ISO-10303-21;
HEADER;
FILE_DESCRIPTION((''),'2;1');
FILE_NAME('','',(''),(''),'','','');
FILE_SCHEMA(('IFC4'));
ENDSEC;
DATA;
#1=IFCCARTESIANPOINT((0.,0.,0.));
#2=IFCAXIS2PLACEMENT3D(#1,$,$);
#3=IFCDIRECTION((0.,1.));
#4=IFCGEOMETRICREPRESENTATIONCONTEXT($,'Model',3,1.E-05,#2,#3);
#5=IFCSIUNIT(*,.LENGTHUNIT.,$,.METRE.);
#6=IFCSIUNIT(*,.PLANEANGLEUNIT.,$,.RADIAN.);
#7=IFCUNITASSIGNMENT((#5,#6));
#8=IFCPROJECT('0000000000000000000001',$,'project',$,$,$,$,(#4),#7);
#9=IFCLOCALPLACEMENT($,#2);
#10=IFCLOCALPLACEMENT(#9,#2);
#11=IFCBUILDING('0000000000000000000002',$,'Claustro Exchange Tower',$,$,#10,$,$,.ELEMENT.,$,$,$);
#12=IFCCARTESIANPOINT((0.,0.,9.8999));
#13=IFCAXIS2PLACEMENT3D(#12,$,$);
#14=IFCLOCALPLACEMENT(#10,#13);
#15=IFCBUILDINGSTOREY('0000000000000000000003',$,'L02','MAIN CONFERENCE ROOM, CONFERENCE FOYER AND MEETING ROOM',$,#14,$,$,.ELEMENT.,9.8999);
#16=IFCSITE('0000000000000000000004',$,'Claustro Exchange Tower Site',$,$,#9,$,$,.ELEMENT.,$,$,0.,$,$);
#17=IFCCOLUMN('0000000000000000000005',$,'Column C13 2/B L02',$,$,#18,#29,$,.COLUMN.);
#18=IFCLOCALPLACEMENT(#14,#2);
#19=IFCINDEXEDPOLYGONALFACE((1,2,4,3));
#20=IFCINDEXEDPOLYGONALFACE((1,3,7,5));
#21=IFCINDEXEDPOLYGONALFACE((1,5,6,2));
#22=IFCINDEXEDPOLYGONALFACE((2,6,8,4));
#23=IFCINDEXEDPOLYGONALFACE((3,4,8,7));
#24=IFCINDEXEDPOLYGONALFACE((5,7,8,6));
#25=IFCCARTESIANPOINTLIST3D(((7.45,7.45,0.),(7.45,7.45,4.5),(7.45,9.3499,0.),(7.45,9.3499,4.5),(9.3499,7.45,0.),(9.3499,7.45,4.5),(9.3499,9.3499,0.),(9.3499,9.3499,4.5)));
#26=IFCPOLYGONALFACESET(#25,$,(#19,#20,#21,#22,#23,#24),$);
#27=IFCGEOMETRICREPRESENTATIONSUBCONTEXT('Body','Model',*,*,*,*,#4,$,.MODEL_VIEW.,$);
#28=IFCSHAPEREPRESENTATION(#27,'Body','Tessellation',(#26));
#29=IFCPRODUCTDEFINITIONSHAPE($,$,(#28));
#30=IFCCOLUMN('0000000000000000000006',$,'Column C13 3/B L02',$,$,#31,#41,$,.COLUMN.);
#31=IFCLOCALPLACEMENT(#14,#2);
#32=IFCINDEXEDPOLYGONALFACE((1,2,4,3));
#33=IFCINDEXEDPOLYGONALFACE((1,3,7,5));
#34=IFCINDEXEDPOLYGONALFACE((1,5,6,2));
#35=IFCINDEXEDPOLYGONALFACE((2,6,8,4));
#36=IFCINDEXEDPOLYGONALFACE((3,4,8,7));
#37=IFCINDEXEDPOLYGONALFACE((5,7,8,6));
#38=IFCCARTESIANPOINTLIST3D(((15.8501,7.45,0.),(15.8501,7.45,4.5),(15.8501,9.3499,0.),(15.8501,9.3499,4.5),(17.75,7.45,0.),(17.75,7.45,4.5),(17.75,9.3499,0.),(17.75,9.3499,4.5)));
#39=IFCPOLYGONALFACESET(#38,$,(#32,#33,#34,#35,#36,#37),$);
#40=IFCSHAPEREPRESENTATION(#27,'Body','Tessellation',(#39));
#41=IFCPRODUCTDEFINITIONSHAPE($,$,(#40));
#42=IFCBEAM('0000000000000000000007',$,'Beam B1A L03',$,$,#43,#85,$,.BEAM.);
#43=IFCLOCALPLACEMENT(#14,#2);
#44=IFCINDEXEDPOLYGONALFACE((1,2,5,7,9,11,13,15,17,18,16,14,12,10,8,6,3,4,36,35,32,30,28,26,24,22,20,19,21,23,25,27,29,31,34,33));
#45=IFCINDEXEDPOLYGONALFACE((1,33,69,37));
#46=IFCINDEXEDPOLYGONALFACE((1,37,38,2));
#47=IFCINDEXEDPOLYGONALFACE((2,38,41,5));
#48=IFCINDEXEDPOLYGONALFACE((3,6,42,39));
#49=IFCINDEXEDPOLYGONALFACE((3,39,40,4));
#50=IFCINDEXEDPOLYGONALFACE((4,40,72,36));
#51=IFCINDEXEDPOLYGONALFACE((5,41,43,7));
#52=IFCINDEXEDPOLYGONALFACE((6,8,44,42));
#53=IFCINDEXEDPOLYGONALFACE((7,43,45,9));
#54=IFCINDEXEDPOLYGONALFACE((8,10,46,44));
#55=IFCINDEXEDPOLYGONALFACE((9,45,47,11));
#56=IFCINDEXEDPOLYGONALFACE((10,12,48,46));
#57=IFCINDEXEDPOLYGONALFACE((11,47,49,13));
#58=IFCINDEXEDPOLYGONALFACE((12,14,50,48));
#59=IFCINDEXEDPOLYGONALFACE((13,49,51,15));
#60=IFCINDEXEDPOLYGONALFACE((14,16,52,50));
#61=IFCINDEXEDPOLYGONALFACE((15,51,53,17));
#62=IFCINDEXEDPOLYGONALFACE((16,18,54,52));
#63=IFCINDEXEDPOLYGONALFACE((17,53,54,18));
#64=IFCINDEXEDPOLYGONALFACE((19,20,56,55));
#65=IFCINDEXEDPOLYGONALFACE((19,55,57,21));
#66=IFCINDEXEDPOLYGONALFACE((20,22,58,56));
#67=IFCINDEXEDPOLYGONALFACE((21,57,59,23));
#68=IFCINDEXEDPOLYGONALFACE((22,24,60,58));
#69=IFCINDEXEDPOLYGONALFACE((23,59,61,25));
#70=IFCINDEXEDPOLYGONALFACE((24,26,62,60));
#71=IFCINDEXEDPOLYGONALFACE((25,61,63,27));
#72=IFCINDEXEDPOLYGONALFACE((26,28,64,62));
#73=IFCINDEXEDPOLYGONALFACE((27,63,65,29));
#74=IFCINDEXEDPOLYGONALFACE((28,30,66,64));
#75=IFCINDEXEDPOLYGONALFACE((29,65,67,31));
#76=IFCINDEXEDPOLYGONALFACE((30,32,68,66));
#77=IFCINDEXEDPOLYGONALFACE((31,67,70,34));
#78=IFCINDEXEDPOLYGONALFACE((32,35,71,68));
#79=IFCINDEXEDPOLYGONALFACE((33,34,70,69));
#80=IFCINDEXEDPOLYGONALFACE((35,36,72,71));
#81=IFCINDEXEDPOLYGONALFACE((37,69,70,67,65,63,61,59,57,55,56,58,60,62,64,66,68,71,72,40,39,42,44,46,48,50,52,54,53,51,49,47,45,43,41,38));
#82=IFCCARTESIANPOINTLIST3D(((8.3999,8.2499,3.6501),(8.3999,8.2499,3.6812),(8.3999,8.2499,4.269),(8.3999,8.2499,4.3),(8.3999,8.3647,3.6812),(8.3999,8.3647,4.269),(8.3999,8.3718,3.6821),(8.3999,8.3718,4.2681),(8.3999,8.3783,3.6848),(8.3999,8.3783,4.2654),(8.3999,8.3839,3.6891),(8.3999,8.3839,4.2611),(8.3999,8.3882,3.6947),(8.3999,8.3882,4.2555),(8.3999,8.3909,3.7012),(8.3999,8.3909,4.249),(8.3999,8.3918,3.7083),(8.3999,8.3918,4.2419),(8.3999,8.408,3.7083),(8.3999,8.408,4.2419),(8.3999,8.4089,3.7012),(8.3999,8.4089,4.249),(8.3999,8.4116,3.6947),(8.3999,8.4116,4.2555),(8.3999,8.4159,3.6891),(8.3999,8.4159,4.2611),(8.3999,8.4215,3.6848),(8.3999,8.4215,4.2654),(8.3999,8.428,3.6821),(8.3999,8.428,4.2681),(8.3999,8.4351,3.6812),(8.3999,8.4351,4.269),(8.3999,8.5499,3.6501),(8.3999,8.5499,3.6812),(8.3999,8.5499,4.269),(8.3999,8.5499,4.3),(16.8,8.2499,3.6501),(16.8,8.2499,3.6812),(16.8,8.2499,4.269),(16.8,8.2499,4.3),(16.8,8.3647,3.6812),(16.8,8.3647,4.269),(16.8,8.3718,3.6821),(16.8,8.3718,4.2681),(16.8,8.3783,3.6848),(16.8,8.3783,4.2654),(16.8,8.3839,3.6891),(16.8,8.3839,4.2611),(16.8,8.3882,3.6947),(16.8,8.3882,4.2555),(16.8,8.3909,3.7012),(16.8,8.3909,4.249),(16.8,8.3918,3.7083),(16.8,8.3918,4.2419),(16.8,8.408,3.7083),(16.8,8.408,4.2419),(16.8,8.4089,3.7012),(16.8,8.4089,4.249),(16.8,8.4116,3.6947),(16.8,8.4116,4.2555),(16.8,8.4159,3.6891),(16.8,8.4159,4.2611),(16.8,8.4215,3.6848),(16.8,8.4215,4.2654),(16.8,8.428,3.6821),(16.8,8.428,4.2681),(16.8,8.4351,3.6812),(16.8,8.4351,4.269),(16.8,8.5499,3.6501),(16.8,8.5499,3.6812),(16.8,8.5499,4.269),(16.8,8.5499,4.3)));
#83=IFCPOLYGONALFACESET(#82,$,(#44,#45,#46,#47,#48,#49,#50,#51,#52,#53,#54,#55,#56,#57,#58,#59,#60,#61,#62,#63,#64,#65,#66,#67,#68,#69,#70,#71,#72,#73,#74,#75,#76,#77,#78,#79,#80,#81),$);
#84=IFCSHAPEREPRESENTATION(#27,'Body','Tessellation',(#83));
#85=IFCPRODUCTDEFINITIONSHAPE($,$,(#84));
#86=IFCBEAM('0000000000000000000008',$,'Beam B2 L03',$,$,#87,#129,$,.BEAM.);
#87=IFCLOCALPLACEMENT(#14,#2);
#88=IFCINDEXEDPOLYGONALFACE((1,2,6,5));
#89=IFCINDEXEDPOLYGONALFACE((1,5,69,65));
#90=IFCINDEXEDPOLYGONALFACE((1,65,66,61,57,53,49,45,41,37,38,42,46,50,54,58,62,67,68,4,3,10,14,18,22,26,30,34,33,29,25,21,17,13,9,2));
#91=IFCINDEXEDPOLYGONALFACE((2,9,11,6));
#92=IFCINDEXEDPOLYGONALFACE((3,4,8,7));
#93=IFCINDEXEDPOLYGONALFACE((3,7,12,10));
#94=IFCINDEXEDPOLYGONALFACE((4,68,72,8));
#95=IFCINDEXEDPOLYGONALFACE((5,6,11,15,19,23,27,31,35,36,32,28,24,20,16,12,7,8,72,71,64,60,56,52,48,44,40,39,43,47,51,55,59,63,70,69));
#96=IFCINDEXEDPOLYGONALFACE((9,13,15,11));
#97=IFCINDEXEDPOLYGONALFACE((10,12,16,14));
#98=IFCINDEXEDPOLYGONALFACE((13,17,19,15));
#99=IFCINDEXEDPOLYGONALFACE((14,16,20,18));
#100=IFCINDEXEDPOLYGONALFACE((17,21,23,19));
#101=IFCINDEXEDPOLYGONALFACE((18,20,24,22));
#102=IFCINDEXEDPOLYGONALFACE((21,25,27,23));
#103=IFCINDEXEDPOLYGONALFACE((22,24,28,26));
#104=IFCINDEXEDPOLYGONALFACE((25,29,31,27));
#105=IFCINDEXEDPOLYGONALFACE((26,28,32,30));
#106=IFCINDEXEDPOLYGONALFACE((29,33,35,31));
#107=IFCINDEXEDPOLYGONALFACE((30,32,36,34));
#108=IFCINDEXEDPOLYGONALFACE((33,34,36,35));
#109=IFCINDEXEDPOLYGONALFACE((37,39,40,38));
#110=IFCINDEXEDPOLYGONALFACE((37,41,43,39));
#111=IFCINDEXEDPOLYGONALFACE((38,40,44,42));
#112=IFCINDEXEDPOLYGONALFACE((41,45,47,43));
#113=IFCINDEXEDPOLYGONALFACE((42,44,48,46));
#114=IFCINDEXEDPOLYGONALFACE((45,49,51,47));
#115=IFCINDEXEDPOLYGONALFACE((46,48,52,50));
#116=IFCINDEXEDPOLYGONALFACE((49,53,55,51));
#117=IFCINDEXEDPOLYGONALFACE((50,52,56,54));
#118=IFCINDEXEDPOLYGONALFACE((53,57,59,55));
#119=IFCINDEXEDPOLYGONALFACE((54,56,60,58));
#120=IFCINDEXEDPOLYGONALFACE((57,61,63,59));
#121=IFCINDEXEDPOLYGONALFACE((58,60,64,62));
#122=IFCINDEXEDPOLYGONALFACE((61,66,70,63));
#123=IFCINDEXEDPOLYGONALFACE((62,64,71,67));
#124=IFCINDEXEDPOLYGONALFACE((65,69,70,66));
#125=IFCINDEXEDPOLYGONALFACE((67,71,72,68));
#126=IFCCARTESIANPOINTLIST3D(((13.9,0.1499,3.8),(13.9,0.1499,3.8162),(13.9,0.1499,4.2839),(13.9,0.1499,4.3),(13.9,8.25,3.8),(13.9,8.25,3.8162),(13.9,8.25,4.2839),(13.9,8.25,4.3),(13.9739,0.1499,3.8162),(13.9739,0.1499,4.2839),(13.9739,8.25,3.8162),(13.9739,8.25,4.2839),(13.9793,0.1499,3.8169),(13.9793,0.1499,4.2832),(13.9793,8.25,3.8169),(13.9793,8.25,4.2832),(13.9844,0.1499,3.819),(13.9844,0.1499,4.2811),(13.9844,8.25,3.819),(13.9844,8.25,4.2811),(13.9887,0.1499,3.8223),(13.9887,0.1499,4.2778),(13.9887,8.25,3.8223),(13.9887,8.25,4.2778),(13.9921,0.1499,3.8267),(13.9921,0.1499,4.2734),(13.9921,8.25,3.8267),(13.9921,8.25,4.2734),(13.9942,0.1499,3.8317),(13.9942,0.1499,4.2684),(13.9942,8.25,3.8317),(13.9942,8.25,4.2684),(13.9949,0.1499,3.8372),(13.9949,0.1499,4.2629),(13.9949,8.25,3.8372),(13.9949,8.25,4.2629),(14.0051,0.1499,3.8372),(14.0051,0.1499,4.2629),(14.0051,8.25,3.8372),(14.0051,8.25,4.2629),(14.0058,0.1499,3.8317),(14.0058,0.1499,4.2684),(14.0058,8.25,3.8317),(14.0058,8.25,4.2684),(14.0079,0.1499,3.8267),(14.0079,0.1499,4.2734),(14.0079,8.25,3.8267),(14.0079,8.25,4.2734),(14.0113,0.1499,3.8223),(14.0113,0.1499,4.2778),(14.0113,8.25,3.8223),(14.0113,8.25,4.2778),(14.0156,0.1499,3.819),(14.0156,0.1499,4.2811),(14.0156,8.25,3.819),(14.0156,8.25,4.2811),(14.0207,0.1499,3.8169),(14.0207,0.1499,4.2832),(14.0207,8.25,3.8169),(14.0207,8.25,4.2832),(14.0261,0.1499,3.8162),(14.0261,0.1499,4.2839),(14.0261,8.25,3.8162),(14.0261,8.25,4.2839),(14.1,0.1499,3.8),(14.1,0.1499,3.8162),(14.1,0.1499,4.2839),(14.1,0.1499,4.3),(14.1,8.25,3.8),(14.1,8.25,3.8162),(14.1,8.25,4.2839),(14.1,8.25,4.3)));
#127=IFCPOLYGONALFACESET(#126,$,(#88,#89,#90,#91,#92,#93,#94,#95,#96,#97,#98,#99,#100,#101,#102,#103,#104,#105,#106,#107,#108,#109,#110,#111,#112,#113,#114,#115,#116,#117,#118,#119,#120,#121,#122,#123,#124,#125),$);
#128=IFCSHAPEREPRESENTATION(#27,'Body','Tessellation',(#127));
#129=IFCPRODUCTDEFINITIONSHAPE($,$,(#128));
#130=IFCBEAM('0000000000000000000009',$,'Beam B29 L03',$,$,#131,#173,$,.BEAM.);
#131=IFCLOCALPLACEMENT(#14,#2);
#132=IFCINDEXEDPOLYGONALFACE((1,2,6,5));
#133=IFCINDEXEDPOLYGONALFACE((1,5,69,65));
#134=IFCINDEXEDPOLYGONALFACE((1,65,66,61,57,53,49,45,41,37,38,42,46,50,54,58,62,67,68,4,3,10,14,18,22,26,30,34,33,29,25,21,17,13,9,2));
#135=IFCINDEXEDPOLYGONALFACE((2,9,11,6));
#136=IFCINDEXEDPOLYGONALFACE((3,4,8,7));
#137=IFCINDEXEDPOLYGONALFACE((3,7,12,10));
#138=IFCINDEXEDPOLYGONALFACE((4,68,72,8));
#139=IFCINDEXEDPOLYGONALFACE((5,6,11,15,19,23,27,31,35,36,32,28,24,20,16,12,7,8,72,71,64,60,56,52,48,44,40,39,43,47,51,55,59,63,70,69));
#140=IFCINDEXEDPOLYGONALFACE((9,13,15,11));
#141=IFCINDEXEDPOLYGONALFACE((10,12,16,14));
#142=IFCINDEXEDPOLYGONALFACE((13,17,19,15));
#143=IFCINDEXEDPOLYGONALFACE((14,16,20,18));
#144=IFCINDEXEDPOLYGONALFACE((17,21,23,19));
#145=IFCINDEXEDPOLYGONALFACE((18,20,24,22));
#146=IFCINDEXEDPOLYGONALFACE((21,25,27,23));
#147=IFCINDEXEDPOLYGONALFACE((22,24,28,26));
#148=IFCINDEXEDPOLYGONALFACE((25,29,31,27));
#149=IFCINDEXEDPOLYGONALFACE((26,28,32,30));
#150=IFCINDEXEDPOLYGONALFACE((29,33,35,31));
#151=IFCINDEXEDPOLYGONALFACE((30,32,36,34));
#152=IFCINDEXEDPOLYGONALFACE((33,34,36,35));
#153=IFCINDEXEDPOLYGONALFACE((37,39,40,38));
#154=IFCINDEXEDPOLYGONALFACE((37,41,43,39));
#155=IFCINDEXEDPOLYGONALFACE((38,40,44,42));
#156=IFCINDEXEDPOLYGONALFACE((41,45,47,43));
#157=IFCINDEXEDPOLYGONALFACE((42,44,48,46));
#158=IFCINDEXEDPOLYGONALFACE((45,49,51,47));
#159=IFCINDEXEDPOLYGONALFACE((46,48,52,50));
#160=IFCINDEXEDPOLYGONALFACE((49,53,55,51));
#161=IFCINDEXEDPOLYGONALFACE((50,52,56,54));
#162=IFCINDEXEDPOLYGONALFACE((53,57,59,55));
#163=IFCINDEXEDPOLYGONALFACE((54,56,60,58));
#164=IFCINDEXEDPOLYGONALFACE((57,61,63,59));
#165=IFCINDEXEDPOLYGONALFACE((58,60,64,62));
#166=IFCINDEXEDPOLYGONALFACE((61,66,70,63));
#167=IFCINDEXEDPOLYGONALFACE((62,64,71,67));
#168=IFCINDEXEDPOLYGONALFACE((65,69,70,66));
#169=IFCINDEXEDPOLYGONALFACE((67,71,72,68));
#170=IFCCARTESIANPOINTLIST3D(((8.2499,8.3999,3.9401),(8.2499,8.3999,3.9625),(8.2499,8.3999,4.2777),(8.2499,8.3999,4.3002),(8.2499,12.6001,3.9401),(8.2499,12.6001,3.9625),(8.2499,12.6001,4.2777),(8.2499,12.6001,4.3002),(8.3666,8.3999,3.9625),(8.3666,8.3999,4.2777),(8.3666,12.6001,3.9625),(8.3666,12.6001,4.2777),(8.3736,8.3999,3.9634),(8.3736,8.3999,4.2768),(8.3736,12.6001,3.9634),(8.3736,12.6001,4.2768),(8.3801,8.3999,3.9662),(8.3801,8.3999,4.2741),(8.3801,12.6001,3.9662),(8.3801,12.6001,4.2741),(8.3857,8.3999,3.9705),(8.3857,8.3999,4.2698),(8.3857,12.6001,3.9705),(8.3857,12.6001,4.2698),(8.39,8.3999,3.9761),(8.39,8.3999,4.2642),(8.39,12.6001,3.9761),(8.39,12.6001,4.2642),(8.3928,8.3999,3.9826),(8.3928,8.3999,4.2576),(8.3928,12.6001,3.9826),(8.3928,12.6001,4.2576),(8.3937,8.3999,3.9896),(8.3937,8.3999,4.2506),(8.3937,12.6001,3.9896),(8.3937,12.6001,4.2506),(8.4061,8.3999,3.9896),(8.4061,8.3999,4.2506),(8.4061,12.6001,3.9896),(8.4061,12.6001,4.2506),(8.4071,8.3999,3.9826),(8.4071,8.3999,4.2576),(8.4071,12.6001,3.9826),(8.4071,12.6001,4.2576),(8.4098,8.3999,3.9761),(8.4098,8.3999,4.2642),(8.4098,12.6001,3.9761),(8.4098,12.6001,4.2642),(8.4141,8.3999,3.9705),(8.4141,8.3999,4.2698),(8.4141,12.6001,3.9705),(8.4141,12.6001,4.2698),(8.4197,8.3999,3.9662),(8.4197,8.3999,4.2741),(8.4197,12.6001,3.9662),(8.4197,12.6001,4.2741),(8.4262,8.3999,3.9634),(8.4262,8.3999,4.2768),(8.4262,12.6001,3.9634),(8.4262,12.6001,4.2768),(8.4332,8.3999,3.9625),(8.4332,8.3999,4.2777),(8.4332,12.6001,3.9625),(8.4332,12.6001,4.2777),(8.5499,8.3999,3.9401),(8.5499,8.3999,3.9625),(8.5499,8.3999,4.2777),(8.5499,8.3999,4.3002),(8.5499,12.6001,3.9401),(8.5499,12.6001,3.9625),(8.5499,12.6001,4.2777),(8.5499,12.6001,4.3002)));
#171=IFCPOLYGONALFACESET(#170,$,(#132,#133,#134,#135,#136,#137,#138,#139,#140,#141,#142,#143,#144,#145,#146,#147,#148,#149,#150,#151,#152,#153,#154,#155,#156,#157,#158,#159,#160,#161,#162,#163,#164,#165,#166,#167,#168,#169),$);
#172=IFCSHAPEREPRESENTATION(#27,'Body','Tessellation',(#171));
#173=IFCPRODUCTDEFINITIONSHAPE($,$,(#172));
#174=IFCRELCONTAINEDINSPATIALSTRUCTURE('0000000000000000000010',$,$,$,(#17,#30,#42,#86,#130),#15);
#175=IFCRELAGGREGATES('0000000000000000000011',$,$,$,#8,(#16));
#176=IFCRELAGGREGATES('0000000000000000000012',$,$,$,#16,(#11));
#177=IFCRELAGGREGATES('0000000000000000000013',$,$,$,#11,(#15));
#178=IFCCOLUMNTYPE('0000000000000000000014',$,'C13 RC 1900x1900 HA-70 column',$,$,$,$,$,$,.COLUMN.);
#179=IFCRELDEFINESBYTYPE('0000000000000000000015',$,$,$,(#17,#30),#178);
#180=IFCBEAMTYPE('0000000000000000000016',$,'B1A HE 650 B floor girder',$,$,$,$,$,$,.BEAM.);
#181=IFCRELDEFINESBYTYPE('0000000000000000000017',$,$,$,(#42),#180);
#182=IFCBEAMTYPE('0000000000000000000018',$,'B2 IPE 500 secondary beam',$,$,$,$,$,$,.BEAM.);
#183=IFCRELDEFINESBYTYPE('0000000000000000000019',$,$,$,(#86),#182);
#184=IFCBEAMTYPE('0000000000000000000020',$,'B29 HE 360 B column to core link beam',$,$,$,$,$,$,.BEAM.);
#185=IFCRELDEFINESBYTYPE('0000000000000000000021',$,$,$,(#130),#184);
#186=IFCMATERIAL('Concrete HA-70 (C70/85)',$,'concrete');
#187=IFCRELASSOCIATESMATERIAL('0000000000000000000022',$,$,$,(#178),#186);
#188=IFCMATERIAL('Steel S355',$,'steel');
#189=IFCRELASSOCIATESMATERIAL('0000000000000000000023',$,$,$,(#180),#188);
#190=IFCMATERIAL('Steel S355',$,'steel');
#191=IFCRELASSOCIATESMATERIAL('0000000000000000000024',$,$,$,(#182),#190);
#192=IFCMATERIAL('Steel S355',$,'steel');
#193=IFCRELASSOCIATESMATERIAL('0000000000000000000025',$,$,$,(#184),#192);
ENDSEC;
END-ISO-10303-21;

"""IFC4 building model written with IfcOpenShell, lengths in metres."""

from ifc_helpers import new_model, si_unit, direction, frame, origin, origin_2d, place, context, subcontext, project, spatial, rectangle, i_section, extrude, material, material_profile, profile_set, type_object, element, save


model = new_model("IFC4")

# Units and contexts
model_context = context("Model", 3, precision=1e-05, world=origin(), true_north=direction((0.0, 1.0)))
body_context = subcontext(model_context, "Body", "Model", "MODEL_VIEW")
ifc_project = project(units=[si_unit("LENGTHUNIT", "METRE"), si_unit("PLANEANGLEUNIT", "RADIAN")], contexts=[model_context])

# Site, building, storey
site_placement = place(None, origin())
site = spatial("IfcSite", under=ifc_project, at=site_placement, Name="Claustro Exchange Tower Site", CompositionType="ELEMENT", RefElevation=0.0)
building_placement = place(site_placement, origin())
building = spatial("IfcBuilding", under=site, at=building_placement, Name="Claustro Exchange Tower", CompositionType="ELEMENT")
storey_placement = place(building_placement, frame((0.0, 0.0, 9.8999)))
storey = spatial("IfcBuildingStorey", under=building, at=storey_placement, Name="L02", Description="MAIN CONFERENCE ROOM, CONFERENCE FOYER AND MEETING ROOM", CompositionType="ELEMENT", Elevation=9.8999)

# Columns
ifc_material_1 = material(Name="Concrete HA-70 (C70/85)", Category="concrete")
ifc_material_profile_1 = material_profile(ifc_material_1, rectangle(XDim=1.8999, YDim=1.8999, at=origin_2d()), Name="RC 1900x1900")
ifc_profile_set_1 = profile_set([ifc_material_profile_1], Name="Concrete HA-70 (C70/85)")
column_type = type_object("IfcColumnType", Name="C13 RC 1900x1900 HA-70 column", PredefinedType="COLUMN", material=ifc_profile_set_1)
for number, where, z_axis, x_axis, name in (
    (1, (8.3999, 8.3999, 0.0), (0.0, 0.0, 1.0), (1.0, 0.0, 0.0), "Column C13 2/B L02"),
    (2, (16.8, 8.3999, 0.0), (0.0, 0.0, 1.0), (1.0, 0.0, 0.0), "Column C13 3/B L02"),
):
    element("IfcColumn", number, at=place(storey_placement, frame(where, z_axis=z_axis, x_axis=x_axis)), inside=storey, type_object=column_type, Name=name, PredefinedType="COLUMN", context=body_context, shape_type="SweptSolid", body=[
        extrude(rectangle(XDim=1.8999, YDim=1.8999, at=origin_2d()), origin(), (0.0, 0.0, 1.0), 4.5),
    ])

# Beams
ifc_material_2 = material(Name="Steel S355", Category="steel")
ifc_material_profile_2 = material_profile(ifc_material_2, i_section(OverallWidth=0.3, OverallDepth=0.6499, WebThickness=0.0161, FlangeThickness=0.031, FilletRadius=0.0271, at=origin_2d()), Name="HE 650 B")
ifc_profile_set_2 = profile_set([ifc_material_profile_2], Name="Steel S355")
beam_type_1 = type_object("IfcBeamType", Name="B1A HE 650 B floor girder", PredefinedType="BEAM", material=ifc_profile_set_2)
beam_1_placement = place(storey_placement, frame((8.3999, 8.3999, 3.9751), z_axis=(1.0, 0.0, 0.0), x_axis=(0.0, 1.0, 0.0)))
element("IfcBeam", 3, at=beam_1_placement, inside=storey, type_object=beam_type_1, Name="Beam B1A L03", PredefinedType="BEAM", context=body_context, shape_type="SweptSolid", body=[
    extrude(i_section(OverallWidth=0.3, OverallDepth=0.6499, WebThickness=0.0161, FlangeThickness=0.031, FilletRadius=0.0271, at=origin_2d()), origin(), (0.0, 0.0, 1.0), 8.4001),
])
ifc_material_3 = material(Name="Steel S355", Category="steel")
ifc_material_profile_3 = material_profile(ifc_material_3, i_section(OverallWidth=0.2, OverallDepth=0.5, WebThickness=0.0103, FlangeThickness=0.0161, FilletRadius=0.021, at=origin_2d()), Name="IPE 500")
ifc_profile_set_3 = profile_set([ifc_material_profile_3], Name="Steel S355")
beam_type_2 = type_object("IfcBeamType", Name="B2 IPE 500 secondary beam", PredefinedType="BEAM", material=ifc_profile_set_3)
beam_2_placement = place(storey_placement, frame((14.0, 0.1499, 4.05), z_axis=(0.0, 1.0, 0.0), x_axis=(-1.0, 0.0, 0.0)))
element("IfcBeam", 4, at=beam_2_placement, inside=storey, type_object=beam_type_2, Name="Beam B2 L03", PredefinedType="BEAM", context=body_context, shape_type="SweptSolid", body=[
    extrude(i_section(OverallWidth=0.2, OverallDepth=0.5, WebThickness=0.0103, FlangeThickness=0.0161, FilletRadius=0.021, at=origin_2d()), origin(), (0.0, 0.0, 1.0), 8.1001),
])
ifc_material_4 = material(Name="Steel S355", Category="steel")
ifc_material_profile_4 = material_profile(ifc_material_4, i_section(OverallWidth=0.3, OverallDepth=0.3601, WebThickness=0.0125, FlangeThickness=0.0225, FilletRadius=0.0271, at=origin_2d()), Name="HE 360 B")
ifc_profile_set_4 = profile_set([ifc_material_profile_4], Name="Steel S355")
beam_type_3 = type_object("IfcBeamType", Name="B29 HE 360 B column to core link beam", PredefinedType="BEAM", material=ifc_profile_set_4)
for number, where, z_axis, x_axis, name in (
    (5, (8.3999, 8.3999, 4.1201), (0.0, 1.0, 0.0), (-1.0, 0.0, 0.0), "Beam B29 L03"),
):
    element("IfcBeam", number, at=place(storey_placement, frame(where, z_axis=z_axis, x_axis=x_axis)), inside=storey, type_object=beam_type_3, Name=name, PredefinedType="BEAM", context=body_context, shape_type="SweptSolid", body=[
        extrude(i_section(OverallWidth=0.3, OverallDepth=0.3601, WebThickness=0.0125, FlangeThickness=0.0225, FilletRadius=0.0271, at=origin_2d()), origin(), (0.0, 0.0, 1.0), 4.2002),
    ])

save(model, "model.ifc")
